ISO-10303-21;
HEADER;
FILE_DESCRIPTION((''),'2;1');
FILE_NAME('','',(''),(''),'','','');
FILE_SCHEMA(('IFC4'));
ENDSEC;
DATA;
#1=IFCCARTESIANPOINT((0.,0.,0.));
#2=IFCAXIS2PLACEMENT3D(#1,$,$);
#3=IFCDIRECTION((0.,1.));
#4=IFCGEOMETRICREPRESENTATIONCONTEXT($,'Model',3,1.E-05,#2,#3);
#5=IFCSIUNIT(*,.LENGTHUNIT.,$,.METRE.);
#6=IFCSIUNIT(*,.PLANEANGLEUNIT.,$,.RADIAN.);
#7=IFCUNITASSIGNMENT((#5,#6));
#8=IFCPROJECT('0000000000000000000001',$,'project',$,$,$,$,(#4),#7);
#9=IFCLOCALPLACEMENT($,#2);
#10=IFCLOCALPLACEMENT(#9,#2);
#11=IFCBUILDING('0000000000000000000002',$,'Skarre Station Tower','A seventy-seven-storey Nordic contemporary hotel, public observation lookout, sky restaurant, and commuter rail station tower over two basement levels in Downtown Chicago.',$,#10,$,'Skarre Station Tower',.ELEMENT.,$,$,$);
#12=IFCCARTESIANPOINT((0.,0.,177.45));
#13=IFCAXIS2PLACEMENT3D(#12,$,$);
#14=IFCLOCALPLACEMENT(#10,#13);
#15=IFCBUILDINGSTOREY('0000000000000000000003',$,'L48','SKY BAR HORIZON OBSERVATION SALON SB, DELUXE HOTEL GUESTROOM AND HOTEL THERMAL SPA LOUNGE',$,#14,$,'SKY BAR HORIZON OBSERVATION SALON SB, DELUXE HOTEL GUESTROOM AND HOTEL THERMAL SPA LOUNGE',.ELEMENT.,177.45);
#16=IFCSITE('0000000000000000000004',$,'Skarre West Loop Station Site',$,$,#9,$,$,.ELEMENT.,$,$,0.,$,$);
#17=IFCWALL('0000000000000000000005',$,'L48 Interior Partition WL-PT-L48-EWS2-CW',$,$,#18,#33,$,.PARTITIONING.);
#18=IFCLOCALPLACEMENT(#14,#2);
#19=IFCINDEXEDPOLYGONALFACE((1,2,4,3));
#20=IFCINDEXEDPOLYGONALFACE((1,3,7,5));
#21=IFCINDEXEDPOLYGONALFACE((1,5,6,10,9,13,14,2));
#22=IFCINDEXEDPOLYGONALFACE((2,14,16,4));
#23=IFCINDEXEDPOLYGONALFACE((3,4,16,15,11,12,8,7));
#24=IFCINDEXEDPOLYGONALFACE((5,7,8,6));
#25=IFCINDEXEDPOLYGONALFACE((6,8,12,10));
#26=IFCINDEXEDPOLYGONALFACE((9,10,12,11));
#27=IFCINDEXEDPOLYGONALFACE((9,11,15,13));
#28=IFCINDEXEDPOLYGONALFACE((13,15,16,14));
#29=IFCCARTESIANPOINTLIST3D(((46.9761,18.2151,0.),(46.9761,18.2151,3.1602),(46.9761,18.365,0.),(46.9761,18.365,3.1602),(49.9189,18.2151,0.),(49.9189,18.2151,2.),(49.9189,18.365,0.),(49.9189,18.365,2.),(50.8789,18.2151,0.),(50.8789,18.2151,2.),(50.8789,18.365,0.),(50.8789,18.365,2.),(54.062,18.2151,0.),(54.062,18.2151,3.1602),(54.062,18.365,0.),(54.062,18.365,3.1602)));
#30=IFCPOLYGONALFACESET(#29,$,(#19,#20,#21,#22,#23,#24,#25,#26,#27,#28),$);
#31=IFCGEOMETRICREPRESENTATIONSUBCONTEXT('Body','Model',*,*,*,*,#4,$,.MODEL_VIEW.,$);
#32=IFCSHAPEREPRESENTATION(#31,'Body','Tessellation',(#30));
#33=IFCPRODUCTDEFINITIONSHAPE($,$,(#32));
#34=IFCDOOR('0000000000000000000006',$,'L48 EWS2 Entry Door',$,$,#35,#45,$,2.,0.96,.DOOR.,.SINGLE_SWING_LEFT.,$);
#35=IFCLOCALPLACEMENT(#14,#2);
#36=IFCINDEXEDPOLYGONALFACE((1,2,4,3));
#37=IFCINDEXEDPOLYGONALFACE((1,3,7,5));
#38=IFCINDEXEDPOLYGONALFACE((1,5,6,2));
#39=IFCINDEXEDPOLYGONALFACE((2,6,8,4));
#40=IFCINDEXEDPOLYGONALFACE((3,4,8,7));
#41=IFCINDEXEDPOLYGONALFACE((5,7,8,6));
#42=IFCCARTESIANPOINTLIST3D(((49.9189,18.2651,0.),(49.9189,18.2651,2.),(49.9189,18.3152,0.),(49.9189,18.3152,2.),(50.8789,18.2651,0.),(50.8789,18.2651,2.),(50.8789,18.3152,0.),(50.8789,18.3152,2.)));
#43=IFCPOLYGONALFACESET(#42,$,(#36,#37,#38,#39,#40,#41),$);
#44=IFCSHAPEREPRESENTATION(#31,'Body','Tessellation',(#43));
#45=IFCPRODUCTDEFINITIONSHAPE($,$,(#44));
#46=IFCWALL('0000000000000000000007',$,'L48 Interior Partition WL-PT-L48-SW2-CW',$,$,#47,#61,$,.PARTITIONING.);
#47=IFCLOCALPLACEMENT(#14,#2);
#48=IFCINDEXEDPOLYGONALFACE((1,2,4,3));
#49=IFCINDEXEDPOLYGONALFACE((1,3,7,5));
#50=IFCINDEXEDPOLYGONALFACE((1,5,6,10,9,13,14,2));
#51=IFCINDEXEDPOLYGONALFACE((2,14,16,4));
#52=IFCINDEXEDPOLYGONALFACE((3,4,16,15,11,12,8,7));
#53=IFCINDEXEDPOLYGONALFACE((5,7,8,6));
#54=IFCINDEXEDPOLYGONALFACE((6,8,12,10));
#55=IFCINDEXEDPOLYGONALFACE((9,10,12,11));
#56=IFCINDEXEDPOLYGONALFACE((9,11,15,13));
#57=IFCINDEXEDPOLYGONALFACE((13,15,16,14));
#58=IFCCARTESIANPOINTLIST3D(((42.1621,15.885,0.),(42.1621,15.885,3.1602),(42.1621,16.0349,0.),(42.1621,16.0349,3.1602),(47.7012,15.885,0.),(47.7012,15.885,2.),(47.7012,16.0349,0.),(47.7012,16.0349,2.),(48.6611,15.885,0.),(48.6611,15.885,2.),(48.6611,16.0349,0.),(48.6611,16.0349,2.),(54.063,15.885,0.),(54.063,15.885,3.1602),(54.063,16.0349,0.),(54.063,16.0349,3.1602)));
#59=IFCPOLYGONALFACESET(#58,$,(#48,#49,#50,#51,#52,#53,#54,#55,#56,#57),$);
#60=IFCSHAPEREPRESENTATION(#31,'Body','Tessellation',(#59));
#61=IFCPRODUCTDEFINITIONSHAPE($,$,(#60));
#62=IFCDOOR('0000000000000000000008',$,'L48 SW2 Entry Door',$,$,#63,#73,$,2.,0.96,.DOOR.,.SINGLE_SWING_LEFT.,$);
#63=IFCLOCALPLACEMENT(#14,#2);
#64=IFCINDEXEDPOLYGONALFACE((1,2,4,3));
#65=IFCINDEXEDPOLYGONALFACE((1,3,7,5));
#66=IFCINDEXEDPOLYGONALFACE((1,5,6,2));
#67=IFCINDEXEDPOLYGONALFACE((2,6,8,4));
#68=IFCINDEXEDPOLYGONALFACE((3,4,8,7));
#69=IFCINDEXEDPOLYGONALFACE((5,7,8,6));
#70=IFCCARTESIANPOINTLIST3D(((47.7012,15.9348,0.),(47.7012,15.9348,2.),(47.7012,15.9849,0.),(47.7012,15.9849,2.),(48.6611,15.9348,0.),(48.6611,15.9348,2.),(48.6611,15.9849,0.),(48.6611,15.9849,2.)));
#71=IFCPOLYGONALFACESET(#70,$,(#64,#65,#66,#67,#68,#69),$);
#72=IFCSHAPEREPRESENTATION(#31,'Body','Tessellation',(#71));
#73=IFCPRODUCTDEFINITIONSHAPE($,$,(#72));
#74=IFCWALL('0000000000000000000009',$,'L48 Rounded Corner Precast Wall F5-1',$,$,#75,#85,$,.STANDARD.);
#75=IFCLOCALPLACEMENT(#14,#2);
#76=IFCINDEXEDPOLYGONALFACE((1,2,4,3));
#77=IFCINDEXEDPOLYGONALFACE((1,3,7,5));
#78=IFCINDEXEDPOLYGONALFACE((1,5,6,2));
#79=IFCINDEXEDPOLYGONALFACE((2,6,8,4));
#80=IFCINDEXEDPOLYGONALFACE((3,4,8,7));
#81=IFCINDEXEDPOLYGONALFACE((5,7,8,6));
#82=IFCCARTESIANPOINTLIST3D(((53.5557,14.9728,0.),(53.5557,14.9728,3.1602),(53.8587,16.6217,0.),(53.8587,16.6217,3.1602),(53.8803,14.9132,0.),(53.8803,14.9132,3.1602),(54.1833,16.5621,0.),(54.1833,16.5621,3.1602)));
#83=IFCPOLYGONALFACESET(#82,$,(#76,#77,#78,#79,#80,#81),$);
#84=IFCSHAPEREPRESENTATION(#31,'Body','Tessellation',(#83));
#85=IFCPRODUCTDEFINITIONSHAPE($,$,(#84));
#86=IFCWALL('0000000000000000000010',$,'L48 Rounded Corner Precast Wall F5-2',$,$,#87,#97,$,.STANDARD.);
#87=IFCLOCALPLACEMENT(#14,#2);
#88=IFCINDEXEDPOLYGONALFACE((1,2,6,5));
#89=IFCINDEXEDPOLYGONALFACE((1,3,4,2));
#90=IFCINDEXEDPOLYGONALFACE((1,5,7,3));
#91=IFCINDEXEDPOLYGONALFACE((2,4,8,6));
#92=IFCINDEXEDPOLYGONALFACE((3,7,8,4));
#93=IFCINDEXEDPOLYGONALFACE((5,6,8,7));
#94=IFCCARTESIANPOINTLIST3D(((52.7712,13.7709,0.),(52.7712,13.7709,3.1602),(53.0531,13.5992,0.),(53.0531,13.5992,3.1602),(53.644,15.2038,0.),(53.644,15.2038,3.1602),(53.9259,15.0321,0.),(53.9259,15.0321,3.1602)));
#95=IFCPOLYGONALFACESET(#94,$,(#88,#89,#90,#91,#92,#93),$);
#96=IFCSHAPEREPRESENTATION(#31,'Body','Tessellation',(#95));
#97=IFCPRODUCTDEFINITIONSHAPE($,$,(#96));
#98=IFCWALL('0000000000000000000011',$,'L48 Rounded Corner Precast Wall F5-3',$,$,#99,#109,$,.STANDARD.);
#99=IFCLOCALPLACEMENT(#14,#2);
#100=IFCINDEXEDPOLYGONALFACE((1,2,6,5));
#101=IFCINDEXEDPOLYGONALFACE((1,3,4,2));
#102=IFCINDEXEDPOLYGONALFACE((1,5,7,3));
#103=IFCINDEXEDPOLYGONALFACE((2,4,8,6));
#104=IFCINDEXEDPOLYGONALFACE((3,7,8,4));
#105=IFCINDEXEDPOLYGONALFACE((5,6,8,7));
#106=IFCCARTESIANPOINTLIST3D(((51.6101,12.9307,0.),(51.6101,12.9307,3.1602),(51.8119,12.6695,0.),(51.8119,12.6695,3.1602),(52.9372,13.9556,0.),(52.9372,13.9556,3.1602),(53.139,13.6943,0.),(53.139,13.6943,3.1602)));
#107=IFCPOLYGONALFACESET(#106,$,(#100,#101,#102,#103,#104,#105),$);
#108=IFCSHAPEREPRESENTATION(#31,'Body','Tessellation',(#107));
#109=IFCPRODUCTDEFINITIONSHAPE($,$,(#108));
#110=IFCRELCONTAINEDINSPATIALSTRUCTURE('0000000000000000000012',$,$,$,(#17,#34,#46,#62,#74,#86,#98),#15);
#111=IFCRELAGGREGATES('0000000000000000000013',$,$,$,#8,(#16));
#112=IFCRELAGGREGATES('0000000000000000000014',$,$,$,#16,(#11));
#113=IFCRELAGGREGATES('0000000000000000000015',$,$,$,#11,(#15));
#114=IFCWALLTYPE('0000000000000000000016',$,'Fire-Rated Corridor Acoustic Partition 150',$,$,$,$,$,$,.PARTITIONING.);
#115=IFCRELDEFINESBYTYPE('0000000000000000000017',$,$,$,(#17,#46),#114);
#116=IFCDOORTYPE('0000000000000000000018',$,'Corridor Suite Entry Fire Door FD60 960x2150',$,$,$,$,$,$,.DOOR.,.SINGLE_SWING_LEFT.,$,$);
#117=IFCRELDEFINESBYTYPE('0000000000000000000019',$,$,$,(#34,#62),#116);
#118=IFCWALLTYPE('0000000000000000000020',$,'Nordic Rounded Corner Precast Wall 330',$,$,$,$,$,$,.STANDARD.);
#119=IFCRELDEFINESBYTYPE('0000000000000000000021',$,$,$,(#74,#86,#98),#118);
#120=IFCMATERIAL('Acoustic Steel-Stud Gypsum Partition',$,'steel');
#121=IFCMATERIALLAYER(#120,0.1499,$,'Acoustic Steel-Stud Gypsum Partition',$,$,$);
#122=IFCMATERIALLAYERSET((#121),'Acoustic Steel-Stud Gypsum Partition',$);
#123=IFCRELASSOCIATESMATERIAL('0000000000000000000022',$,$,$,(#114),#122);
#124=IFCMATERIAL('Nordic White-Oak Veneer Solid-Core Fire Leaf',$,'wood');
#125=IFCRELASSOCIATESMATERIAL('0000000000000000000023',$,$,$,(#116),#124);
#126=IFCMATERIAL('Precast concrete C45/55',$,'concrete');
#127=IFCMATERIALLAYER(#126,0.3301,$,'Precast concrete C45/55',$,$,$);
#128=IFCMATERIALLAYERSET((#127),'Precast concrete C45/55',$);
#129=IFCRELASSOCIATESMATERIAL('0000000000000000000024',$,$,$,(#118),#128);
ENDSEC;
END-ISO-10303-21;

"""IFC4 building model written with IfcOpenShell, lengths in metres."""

from ifc_helpers import new_model, si_unit, direction, frame, frame_2d, origin, place, context, subcontext, project, spatial, rectangle, extrude, material, layer, layer_set, type_object, element, fill, save


model = new_model("IFC4")

# Units and contexts
model_context = context("Model", 3, precision=1e-05, world=origin(), true_north=direction((0.0, 1.0)))
body_context = subcontext(model_context, "Body", "Model", "MODEL_VIEW")
ifc_project = project(units=[si_unit("LENGTHUNIT", "METRE"), si_unit("PLANEANGLEUNIT", "RADIAN")], contexts=[model_context])

# Site, building, storey
site_placement = place(None, origin())
site = spatial("IfcSite", under=ifc_project, at=site_placement, Name="Skarre West Loop Station Site", CompositionType="ELEMENT", RefElevation=0.0)
building_placement = place(site_placement, origin())
building = spatial("IfcBuilding", under=site, at=building_placement, Name="Skarre Station Tower", Description="A seventy-seven-storey Nordic contemporary hotel, public observation lookout, sky restaurant, and commuter rail station tower over two basement levels in Downtown Chicago.", LongName="Skarre Station Tower", CompositionType="ELEMENT")
storey_placement = place(building_placement, frame((0.0, 0.0, 177.45)))
storey = spatial("IfcBuildingStorey", under=building, at=storey_placement, Name="L48", Description="SKY BAR HORIZON OBSERVATION SALON SB, DELUXE HOTEL GUESTROOM AND HOTEL THERMAL SPA LOUNGE", LongName="SKY BAR HORIZON OBSERVATION SALON SB, DELUXE HOTEL GUESTROOM AND HOTEL THERMAL SPA LOUNGE", CompositionType="ELEMENT", Elevation=177.45)

# Shared definitions
ifc_material_1 = material(Name="Acoustic Steel-Stud Gypsum Partition", Category="steel")
ifc_layer_1 = layer(ifc_material_1, 0.1499, Name="Acoustic Steel-Stud Gypsum Partition")
ifc_layer_set_1 = layer_set([ifc_layer_1], Name="Acoustic Steel-Stud Gypsum Partition")
wall_type_1 = type_object("IfcWallType", Name="Fire-Rated Corridor Acoustic Partition 150", PredefinedType="PARTITIONING", material=ifc_layer_set_1)

# Walls, openings, doors
ifc_material_2 = material(Name="Nordic White-Oak Veneer Solid-Core Fire Leaf", Category="wood")
door_type = type_object("IfcDoorType", Name="Corridor Suite Entry Fire Door FD60 960x2150", OperationType="SINGLE_SWING_LEFT", PredefinedType="DOOR", material=ifc_material_2)
wall_1_placement = place(storey_placement, frame((54.062, 18.29, 0.0), z_axis=(0.0, 0.0, 1.0), x_axis=(-1.0, 0.0, 0.0)))
wall_1 = element("IfcWall", 1, at=wall_1_placement, inside=storey, type_object=wall_type_1, Name="L48 Interior Partition WL-PT-L48-EWS2-CW", PredefinedType="PARTITIONING", context=body_context, shape_type="SweptSolid", body=[
    extrude(rectangle(XDim=7.0859, YDim=0.1499, at=frame_2d((3.543, 0.0))), origin(), (0.0, 0.0, 1.0), 3.1602),
])
opening_1_placement = place(wall_1_placement, frame((3.1831, 0.0, 0.0)))
opening_1 = element("IfcOpeningElement", 2, at=opening_1_placement, cuts=wall_1, PredefinedType="OPENING", context=body_context, shape_type="SweptSolid", body=[
    extrude(rectangle(XDim=0.96, YDim=2.0, at=frame_2d((0.48, 1.0))), frame((0.0, 0.085, 0.0), z_axis=(0.0, -1.0, 0.0), x_axis=(1.0, 0.0, 0.0)), (0.0, 0.0, 1.0), 0.1699),
])
door_1_placement = place(opening_1_placement, origin())
door_1 = element("IfcDoor", 3, at=door_1_placement, inside=storey, type_object=door_type, Name="L48 EWS2 Entry Door", OperationType="SINGLE_SWING_LEFT", OverallHeight=2.0, OverallWidth=0.96, PredefinedType="DOOR", context=body_context, shape_type="SweptSolid", body=[
    extrude(rectangle(XDim=0.96, YDim=2.0, at=frame_2d((0.48, 1.0))), frame((0.0, 0.0249, 0.0), z_axis=(0.0, -1.0, 0.0), x_axis=(1.0, 0.0, 0.0)), (0.0, 0.0, 1.0), 0.05),
])
fill(opening_1, door_1)
wall_2_placement = place(storey_placement, frame((42.1621, 15.96, 0.0), z_axis=(0.0, 0.0, 1.0), x_axis=(1.0, 0.0, 0.0)))
wall_2 = element("IfcWall", 4, at=wall_2_placement, inside=storey, type_object=wall_type_1, Name="L48 Interior Partition WL-PT-L48-SW2-CW", PredefinedType="PARTITIONING", context=body_context, shape_type="SweptSolid", body=[
    extrude(rectangle(XDim=11.9009, YDim=0.1499, at=frame_2d((5.9504, 0.0))), origin(), (0.0, 0.0, 1.0), 3.1602),
])
opening_2_placement = place(wall_2_placement, frame((5.5391, 0.0, 0.0)))
opening_2 = element("IfcOpeningElement", 5, at=opening_2_placement, cuts=wall_2, PredefinedType="OPENING", context=body_context, shape_type="SweptSolid", body=[
    extrude(rectangle(XDim=0.96, YDim=2.0, at=frame_2d((0.48, 1.0))), frame((0.0, 0.085, 0.0), z_axis=(0.0, -1.0, 0.0), x_axis=(1.0, 0.0, 0.0)), (0.0, 0.0, 1.0), 0.1699),
])
door_2_placement = place(opening_2_placement, origin())
door_2 = element("IfcDoor", 6, at=door_2_placement, inside=storey, type_object=door_type, Name="L48 SW2 Entry Door", OperationType="SINGLE_SWING_LEFT", OverallHeight=2.0, OverallWidth=0.96, PredefinedType="DOOR", context=body_context, shape_type="SweptSolid", body=[
    extrude(rectangle(XDim=0.96, YDim=2.0, at=frame_2d((0.48, 1.0))), frame((0.0, 0.0249, 0.0), z_axis=(0.0, -1.0, 0.0), x_axis=(1.0, 0.0, 0.0)), (0.0, 0.0, 1.0), 0.05),
])
fill(opening_2, door_2)

# Walls
ifc_material_3 = material(Name="Precast concrete C45/55", Category="concrete")
ifc_layer_2 = layer(ifc_material_3, 0.3301, Name="Precast concrete C45/55")
ifc_layer_set_2 = layer_set([ifc_layer_2], Name="Precast concrete C45/55")
wall_type_2 = type_object("IfcWallType", Name="Nordic Rounded Corner Precast Wall 330", PredefinedType="STANDARD", material=ifc_layer_set_2)
wall_3_placement = place(storey_placement, frame((54.021, 16.592, 0.0), z_axis=(0.0, 0.0, 1.0), x_axis=(-0.180718, -0.983535, 0.0)))
element("IfcWall", 7, at=wall_3_placement, inside=storey, type_object=wall_type_2, Name="L48 Rounded Corner Precast Wall F5-1", PredefinedType="STANDARD", context=body_context, shape_type="SweptSolid", body=[
    extrude(rectangle(XDim=1.6765, YDim=0.3301, at=frame_2d((0.8384, 0.0))), origin(), (0.0, 0.0, 1.0), 3.1602),
])
wall_4_placement = place(storey_placement, frame((53.7849, 15.1179, 0.0), z_axis=(0.0, 0.0, 1.0), x_axis=(-0.520219, -0.854033, 0.0)))
element("IfcWall", 8, at=wall_4_placement, inside=storey, type_object=wall_type_2, Name="L48 Rounded Corner Precast Wall F5-2", PredefinedType="STANDARD", context=body_context, shape_type="SweptSolid", body=[
    extrude(rectangle(XDim=1.6777, YDim=0.3301, at=frame_2d((0.8389, 0.0))), origin(), (0.0, 0.0, 1.0), 3.1602),
])
wall_5_placement = place(storey_placement, frame((53.0381, 13.825, 0.0), z_axis=(0.0, 0.0, 1.0), x_axis=(-0.791464, -0.611215, 0.0)))
element("IfcWall", 9, at=wall_5_placement, inside=storey, type_object=wall_type_2, Name="L48 Rounded Corner Precast Wall F5-3", PredefinedType="STANDARD", context=body_context, shape_type="SweptSolid", body=[
    extrude(rectangle(XDim=1.6768, YDim=0.3301, at=frame_2d((0.8384, 0.0))), origin(), (0.0, 0.0, 1.0), 3.1602),
])

save(model, "model.ifc")
